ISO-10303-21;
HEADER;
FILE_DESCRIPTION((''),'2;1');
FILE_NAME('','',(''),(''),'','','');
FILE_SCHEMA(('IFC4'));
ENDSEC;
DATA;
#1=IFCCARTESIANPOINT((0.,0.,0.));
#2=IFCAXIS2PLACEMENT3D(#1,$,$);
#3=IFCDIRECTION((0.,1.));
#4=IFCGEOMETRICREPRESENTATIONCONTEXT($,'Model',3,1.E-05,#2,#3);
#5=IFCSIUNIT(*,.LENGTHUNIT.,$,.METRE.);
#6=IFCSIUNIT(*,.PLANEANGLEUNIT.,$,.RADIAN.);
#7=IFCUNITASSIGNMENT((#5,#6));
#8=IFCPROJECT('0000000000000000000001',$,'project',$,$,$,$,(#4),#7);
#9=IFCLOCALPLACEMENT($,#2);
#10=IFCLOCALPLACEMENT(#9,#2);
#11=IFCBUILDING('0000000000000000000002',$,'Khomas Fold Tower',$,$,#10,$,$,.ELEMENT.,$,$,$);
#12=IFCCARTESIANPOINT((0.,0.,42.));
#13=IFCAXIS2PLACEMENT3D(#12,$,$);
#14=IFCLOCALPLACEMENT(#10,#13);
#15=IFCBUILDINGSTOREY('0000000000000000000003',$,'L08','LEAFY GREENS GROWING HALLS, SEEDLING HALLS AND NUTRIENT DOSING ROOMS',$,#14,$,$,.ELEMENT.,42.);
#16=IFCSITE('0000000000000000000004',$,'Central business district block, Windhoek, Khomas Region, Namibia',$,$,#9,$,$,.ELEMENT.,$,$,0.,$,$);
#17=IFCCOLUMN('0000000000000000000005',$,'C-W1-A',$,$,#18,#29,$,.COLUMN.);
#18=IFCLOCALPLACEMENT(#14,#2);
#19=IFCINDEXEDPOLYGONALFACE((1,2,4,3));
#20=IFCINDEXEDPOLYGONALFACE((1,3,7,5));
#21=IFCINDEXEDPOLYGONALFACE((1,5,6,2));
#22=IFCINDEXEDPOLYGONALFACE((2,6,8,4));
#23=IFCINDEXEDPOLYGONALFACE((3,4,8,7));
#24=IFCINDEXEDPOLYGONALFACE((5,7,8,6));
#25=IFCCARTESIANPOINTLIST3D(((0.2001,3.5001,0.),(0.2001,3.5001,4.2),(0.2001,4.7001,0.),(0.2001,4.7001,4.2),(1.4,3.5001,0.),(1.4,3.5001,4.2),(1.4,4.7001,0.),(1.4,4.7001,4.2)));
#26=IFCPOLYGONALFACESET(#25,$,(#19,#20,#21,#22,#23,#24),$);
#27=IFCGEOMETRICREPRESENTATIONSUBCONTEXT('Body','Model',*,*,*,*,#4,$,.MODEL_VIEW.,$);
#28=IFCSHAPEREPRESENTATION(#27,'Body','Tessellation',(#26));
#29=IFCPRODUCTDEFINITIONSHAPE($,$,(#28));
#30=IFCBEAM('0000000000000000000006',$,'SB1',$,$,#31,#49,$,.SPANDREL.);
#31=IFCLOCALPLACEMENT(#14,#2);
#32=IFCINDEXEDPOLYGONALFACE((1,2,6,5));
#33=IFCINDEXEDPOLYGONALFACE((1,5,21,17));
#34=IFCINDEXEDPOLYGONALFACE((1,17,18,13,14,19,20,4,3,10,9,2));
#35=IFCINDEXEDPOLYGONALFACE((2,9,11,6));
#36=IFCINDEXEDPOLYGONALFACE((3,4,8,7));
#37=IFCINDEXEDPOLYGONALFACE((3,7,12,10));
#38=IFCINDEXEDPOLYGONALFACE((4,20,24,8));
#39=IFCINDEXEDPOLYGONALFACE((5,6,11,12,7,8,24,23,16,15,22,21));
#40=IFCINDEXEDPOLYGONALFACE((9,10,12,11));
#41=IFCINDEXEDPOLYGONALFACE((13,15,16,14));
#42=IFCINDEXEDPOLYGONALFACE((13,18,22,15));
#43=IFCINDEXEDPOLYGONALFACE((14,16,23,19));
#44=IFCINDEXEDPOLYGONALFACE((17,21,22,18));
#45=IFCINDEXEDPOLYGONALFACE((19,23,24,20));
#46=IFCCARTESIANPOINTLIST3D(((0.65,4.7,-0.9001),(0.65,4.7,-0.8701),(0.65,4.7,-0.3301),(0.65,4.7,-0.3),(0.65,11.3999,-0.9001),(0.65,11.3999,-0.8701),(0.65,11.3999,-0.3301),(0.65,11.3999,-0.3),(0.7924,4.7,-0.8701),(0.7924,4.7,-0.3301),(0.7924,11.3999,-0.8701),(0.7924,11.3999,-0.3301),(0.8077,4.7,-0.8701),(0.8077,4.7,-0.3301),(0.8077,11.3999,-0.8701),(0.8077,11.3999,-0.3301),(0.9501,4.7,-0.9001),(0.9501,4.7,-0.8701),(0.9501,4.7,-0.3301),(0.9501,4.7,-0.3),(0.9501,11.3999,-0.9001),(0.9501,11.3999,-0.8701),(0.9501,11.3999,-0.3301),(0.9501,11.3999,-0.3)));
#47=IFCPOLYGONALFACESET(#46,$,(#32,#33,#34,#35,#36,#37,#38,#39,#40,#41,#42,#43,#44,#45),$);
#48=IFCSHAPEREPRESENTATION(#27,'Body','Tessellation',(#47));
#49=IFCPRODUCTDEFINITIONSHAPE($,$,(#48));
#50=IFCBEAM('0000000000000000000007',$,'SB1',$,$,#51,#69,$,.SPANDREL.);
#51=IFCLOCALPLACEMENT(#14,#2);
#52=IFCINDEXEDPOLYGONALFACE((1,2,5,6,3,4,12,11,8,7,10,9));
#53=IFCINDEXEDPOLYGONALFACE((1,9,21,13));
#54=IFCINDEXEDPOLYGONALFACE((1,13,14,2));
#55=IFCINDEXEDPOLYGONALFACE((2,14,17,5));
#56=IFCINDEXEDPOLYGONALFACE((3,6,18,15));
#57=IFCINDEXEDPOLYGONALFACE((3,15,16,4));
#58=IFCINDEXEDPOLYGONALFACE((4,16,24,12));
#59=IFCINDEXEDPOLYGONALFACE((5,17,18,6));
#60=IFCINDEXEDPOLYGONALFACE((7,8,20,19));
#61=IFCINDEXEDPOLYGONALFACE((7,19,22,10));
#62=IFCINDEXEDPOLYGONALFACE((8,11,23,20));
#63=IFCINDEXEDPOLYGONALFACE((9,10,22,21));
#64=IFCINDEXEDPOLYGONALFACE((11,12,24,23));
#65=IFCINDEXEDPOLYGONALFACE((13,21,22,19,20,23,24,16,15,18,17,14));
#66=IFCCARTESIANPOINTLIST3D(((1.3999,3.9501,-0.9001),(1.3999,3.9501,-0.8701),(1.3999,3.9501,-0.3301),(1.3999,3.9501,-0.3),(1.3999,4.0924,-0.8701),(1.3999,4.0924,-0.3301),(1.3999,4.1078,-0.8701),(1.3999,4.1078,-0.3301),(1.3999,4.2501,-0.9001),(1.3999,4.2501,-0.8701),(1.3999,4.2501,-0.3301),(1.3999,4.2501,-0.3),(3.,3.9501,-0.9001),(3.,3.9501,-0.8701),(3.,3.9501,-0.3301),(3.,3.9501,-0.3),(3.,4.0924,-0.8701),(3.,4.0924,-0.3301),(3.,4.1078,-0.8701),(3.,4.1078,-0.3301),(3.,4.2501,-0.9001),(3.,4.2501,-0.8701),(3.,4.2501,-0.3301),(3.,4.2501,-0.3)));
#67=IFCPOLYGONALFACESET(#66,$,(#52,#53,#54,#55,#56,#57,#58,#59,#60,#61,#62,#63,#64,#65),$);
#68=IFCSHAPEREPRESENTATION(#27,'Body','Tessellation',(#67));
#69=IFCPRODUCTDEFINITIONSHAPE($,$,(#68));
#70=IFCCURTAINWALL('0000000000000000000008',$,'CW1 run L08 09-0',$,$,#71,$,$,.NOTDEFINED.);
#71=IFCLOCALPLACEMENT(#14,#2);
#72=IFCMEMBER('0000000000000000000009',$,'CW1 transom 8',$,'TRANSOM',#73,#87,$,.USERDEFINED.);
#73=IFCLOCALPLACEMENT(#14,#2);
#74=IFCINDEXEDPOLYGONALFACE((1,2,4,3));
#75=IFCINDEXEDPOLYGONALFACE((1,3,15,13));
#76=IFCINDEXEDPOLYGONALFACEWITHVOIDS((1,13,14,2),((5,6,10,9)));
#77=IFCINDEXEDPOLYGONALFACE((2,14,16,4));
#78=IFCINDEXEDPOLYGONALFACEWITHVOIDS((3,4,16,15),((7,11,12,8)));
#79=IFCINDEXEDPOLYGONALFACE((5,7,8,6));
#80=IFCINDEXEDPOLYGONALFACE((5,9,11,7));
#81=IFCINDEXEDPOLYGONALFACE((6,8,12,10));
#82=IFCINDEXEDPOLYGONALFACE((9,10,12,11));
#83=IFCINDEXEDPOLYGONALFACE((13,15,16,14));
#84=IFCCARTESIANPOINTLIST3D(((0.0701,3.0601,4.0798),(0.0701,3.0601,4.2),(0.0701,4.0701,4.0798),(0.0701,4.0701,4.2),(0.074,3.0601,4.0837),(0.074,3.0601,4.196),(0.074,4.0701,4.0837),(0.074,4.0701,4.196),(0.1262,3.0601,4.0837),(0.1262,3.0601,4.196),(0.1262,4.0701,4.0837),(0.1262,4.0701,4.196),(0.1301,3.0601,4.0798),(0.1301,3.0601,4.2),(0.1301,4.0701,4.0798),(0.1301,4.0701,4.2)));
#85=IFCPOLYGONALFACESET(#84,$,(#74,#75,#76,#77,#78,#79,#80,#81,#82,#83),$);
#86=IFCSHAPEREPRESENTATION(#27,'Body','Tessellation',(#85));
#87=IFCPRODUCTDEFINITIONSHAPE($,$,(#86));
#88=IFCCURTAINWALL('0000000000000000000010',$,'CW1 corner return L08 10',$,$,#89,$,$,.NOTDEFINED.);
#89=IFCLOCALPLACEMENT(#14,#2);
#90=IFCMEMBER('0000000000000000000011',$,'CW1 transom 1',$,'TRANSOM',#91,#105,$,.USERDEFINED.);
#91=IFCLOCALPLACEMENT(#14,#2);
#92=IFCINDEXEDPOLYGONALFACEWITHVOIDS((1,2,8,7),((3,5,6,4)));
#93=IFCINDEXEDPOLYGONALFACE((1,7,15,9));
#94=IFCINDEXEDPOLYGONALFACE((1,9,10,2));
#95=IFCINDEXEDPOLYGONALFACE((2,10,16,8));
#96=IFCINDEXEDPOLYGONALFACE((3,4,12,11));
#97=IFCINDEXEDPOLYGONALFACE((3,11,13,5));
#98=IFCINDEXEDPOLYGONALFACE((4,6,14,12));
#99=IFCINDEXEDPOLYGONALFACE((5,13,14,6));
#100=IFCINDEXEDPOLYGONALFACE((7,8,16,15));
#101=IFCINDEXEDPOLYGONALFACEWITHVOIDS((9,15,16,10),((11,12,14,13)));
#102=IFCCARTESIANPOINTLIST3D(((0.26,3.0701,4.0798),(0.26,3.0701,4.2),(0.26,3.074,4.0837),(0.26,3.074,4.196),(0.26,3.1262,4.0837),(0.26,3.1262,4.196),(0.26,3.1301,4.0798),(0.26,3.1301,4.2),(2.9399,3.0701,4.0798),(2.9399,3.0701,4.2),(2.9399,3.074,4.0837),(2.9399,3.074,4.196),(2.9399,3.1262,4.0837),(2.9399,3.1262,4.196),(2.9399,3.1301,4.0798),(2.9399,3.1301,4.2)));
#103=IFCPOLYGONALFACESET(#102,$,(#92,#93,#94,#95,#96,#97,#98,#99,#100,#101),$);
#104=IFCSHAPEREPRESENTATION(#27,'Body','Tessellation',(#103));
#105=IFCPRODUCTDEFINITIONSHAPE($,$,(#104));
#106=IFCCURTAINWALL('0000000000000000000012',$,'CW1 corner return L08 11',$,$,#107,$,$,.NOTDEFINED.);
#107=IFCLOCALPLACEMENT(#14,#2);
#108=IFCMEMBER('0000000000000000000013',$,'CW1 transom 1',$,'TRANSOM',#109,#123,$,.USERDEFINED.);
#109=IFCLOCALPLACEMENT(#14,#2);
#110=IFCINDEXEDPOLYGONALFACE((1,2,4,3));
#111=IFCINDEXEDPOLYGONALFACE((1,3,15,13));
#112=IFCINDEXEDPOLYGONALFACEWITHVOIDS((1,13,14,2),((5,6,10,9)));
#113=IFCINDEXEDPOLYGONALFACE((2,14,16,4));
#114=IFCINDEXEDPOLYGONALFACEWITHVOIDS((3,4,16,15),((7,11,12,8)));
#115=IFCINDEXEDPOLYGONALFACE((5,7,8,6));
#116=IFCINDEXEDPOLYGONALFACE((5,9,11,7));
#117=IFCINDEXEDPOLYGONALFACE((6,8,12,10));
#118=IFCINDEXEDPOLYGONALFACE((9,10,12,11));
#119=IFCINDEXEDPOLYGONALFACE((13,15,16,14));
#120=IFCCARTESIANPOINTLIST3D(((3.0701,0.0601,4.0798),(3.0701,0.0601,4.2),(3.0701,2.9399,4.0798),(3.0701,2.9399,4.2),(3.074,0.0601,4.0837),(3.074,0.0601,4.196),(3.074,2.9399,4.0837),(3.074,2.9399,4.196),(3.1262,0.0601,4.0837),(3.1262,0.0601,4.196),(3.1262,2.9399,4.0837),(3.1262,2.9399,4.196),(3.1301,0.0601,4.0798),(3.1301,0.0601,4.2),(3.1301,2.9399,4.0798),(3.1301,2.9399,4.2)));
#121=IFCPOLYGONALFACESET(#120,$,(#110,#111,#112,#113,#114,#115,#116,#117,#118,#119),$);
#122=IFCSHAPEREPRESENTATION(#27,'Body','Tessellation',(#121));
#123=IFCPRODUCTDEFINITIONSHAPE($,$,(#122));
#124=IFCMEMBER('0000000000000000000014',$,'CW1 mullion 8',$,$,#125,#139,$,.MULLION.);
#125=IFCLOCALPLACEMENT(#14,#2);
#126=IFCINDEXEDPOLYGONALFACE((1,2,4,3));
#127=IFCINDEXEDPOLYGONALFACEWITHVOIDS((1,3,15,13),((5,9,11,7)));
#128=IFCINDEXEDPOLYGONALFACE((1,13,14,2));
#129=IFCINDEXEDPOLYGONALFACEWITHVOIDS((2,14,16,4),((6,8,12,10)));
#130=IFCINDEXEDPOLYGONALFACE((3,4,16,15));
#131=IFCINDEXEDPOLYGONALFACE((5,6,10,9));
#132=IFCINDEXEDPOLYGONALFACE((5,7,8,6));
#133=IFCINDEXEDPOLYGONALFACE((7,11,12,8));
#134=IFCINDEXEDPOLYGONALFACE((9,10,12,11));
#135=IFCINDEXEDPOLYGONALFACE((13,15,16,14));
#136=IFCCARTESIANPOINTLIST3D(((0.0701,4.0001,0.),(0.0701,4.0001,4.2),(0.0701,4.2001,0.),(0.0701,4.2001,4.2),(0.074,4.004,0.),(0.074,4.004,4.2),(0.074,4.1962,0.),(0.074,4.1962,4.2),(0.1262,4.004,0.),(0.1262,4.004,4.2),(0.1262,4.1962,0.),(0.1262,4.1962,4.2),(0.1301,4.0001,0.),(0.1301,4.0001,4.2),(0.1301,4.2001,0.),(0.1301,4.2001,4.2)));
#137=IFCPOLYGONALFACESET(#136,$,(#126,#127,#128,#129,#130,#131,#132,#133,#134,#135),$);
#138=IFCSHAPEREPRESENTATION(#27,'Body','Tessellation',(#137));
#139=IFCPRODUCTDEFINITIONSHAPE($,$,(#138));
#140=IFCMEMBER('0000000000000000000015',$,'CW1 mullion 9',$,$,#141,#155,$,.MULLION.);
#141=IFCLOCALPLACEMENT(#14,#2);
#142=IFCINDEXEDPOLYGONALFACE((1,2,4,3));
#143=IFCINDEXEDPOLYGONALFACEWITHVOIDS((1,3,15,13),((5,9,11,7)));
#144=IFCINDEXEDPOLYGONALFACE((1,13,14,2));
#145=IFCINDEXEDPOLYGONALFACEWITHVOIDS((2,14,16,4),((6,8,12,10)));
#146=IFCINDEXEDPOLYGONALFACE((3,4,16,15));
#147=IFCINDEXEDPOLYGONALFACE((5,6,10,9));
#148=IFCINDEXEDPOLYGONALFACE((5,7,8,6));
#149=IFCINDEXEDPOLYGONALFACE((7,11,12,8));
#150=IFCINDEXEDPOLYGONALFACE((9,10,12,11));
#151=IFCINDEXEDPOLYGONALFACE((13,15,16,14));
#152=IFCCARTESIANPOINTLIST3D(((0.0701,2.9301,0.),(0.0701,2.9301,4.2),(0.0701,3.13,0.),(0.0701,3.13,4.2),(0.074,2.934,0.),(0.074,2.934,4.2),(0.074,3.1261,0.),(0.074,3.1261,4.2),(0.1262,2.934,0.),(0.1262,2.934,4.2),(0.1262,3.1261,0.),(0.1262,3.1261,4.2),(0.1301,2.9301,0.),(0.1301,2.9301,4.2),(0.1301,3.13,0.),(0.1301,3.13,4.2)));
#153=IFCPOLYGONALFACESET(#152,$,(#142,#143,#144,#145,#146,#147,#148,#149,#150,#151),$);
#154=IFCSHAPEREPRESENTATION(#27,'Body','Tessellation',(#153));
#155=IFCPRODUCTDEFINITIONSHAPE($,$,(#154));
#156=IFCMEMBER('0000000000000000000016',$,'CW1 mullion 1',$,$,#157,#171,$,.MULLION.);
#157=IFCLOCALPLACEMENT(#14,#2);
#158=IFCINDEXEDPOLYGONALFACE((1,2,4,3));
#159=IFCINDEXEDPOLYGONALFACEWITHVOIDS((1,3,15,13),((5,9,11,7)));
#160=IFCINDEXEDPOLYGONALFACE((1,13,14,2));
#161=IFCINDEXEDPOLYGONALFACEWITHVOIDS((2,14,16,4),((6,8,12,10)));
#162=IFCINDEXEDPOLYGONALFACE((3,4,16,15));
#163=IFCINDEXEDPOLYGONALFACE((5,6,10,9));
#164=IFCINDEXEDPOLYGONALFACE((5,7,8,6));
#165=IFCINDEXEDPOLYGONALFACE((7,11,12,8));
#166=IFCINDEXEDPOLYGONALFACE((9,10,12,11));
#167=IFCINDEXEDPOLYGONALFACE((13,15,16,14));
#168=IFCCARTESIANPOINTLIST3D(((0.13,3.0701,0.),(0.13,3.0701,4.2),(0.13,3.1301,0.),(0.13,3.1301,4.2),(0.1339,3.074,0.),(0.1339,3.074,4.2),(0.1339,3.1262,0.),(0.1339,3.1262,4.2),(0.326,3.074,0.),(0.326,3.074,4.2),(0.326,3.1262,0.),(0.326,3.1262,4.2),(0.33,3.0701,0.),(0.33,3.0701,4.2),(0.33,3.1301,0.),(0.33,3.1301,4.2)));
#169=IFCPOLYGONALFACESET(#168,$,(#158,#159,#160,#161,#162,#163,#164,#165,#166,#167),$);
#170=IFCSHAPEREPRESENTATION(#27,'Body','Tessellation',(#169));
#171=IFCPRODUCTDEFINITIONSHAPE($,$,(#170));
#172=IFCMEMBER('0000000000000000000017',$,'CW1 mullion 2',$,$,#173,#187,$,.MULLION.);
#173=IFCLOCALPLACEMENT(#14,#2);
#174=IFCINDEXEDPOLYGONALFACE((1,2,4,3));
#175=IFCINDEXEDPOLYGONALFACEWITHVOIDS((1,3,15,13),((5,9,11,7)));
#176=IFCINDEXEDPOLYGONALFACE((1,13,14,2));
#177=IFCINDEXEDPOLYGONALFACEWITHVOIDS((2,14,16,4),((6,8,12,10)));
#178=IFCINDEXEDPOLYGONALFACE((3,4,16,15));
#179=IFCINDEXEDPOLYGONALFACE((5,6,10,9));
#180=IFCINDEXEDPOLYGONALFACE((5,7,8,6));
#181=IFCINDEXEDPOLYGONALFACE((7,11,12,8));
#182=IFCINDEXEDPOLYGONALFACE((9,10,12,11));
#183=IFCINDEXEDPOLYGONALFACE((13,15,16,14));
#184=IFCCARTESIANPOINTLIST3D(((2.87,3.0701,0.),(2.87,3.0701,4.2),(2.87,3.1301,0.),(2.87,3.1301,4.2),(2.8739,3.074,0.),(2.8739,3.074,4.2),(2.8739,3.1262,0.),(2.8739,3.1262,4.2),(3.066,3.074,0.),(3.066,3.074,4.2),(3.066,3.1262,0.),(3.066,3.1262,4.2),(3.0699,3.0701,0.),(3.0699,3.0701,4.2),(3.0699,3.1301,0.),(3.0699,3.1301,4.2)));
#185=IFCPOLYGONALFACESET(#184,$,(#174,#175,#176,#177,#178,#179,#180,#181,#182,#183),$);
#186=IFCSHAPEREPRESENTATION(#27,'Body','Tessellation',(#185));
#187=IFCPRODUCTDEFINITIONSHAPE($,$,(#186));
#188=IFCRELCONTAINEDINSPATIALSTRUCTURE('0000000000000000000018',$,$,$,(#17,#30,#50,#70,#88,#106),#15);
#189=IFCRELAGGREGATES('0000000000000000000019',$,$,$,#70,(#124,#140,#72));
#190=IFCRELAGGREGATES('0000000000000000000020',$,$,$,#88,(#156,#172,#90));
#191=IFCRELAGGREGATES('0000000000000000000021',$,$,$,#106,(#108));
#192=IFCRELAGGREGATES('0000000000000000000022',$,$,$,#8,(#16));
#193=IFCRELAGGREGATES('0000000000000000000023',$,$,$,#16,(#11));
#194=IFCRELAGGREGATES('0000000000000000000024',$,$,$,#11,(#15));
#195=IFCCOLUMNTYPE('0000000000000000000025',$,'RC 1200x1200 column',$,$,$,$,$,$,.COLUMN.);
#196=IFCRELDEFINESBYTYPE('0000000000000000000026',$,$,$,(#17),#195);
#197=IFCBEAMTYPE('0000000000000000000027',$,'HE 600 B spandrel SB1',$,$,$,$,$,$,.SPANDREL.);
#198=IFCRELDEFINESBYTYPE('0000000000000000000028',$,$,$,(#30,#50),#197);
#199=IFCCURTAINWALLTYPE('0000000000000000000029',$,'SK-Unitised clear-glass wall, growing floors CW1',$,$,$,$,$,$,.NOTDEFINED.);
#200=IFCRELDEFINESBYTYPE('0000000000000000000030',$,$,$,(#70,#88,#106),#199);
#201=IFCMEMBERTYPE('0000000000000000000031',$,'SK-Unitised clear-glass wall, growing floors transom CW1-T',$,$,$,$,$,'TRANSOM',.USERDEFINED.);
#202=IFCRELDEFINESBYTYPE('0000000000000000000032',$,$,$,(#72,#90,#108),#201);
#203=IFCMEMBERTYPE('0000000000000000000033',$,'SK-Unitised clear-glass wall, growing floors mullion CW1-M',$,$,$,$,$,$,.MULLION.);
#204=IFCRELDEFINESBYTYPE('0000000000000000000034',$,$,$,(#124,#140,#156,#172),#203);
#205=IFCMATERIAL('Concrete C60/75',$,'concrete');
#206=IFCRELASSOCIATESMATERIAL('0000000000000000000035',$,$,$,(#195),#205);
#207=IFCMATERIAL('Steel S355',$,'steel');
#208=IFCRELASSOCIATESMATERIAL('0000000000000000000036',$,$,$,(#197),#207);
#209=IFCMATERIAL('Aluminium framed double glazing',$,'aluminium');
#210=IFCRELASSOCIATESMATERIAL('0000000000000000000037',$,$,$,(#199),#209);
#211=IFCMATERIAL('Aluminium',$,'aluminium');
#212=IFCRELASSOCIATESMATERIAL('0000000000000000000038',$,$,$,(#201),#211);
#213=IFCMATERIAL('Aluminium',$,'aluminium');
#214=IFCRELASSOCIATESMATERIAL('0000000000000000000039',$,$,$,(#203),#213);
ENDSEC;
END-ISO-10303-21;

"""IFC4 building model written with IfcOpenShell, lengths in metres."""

from ifc_helpers import new_model, si_unit, direction, frame, origin, origin_2d, place, context, subcontext, project, spatial, rectangle, hollow_rectangle, i_section, extrude, source, transform, mapped, material, material_profile, profile_set, type_object, element, aggregate, save


model = new_model("IFC4")

# Units and contexts
model_context = context("Model", 3, precision=1e-05, world=origin(), true_north=direction((0.0, 1.0)))
body_context = subcontext(model_context, "Body", "Model", "MODEL_VIEW")
ifc_project = project(units=[si_unit("LENGTHUNIT", "METRE"), si_unit("PLANEANGLEUNIT", "RADIAN")], contexts=[model_context])

# Site, building, storey
site_placement = place(None, origin())
site = spatial("IfcSite", under=ifc_project, at=site_placement, Name="Central business district block, Windhoek, Khomas Region, Namibia", CompositionType="ELEMENT", RefElevation=0.0)
building_placement = place(site_placement, origin())
building = spatial("IfcBuilding", under=site, at=building_placement, Name="Khomas Fold Tower", CompositionType="ELEMENT")
storey_placement = place(building_placement, frame((0.0, 0.0, 42.0)))
storey = spatial("IfcBuildingStorey", under=building, at=storey_placement, Name="L08", Description="LEAFY GREENS GROWING HALLS, SEEDLING HALLS AND NUTRIENT DOSING ROOMS", CompositionType="ELEMENT", Elevation=42.0)

# Column
ifc_material_1 = material(Name="Concrete C60/75", Category="concrete")
ifc_material_profile_1 = material_profile(ifc_material_1, rectangle(XDim=1.2, YDim=1.2, at=origin_2d()), Name="RC 1200x1200")
ifc_profile_set_1 = profile_set([ifc_material_profile_1], Name="Concrete C60/75")
column_type = type_object("IfcColumnType", Name="RC 1200x1200 column", PredefinedType="COLUMN", material=ifc_profile_set_1)
shared_shape_1 = source(origin(), body_context, "Body", "SweptSolid", [
    extrude(rectangle(XDim=1.2, YDim=1.2, at=origin_2d()), origin(), (0.0, 0.0, 1.0), 4.2),
])
column_placement = place(storey_placement, frame((0.8, 4.1001, 0.0), z_axis=(0.0, 0.0, 1.0), x_axis=(1.0, 0.0, 0.0)))
element("IfcColumn", 1, at=column_placement, inside=storey, type_object=column_type, Name="C-W1-A", PredefinedType="COLUMN", context=body_context, shape_type="MappedRepresentation", body=[
    mapped(shared_shape_1, transform((0.0, 0.0, 0.0))),
])

# Beams
ifc_material_2 = material(Name="Steel S355", Category="steel")
ifc_material_profile_2 = material_profile(ifc_material_2, i_section(OverallWidth=0.3, OverallDepth=0.6001, WebThickness=0.0154, FlangeThickness=0.03, at=origin_2d()), Name="HE 600 B")
ifc_profile_set_2 = profile_set([ifc_material_profile_2], Name="Steel S355")
beam_type = type_object("IfcBeamType", Name="HE 600 B spandrel SB1", PredefinedType="SPANDREL", material=ifc_profile_set_2)
shared_shape_2 = source(origin(), body_context, "Body", "SweptSolid", [
    extrude(i_section(OverallWidth=0.3, OverallDepth=0.6001, WebThickness=0.0154, FlangeThickness=0.03, at=origin_2d()), origin(), (0.0, 0.0, 1.0), 6.7),
])
beam_1_placement = place(storey_placement, frame((0.8, 4.7, -0.6001), z_axis=(0.0, 1.0, 0.0), x_axis=(-1.0, 0.0, 0.0)))
element("IfcBeam", 2, at=beam_1_placement, inside=storey, type_object=beam_type, Name="SB1", PredefinedType="SPANDREL", context=body_context, shape_type="MappedRepresentation", body=[
    mapped(shared_shape_2, transform((0.0, 0.0, 0.0))),
])
shared_shape_3 = source(origin(), body_context, "Body", "SweptSolid", [
    extrude(i_section(OverallWidth=0.3, OverallDepth=0.6001, WebThickness=0.0154, FlangeThickness=0.03, at=origin_2d()), origin(), (0.0, 0.0, 1.0), 1.6001),
])
beam_2_placement = place(storey_placement, frame((1.3999, 4.1001, -0.6001), z_axis=(1.0, 0.0, 0.0), x_axis=(0.0, 1.0, 0.0)))
element("IfcBeam", 3, at=beam_2_placement, inside=storey, type_object=beam_type, Name="SB1", PredefinedType="SPANDREL", context=body_context, shape_type="MappedRepresentation", body=[
    mapped(shared_shape_3, transform((0.0, 0.0, 0.0))),
])

# Curtain walls, members
ifc_material_3 = material(Name="Aluminium framed double glazing", Category="aluminium")
curtain_wall_type = type_object("IfcCurtainWallType", Name="SK-Unitised clear-glass wall, growing floors CW1", PredefinedType="NOTDEFINED", material=ifc_material_3)
curtain_wall_1_placement = place(storey_placement, origin())
curtain_wall_1 = element("IfcCurtainWall", 4, at=curtain_wall_1_placement, inside=storey, type_object=curtain_wall_type, Name="CW1 run L08 09-0", PredefinedType="NOTDEFINED")
ifc_material_4 = material(Name="Aluminium", Category="aluminium")
ifc_material_profile_3 = material_profile(ifc_material_4, hollow_rectangle(XDim=0.0601, YDim=0.1201, WallThickness=0.0039, at=origin_2d()), Name="SK-Unitised clear-glass wall, growing floors transom CW1-T")
ifc_profile_set_3 = profile_set([ifc_material_profile_3], Name="Aluminium")
member_type_1 = type_object("IfcMemberType", Name="SK-Unitised clear-glass wall, growing floors transom CW1-T", ElementType="TRANSOM", PredefinedType="USERDEFINED", material=ifc_profile_set_3)
shared_shape_4 = source(origin(), body_context, "Body", "SweptSolid", [
    extrude(hollow_rectangle(XDim=0.0601, YDim=0.1201, WallThickness=0.0039, at=origin_2d()), origin(), (0.0, 0.0, 1.0), 1.01),
])
member_1_placement = place(storey_placement, frame((0.1001, 4.0701, 4.1399), z_axis=(0.0, -1.0, 0.0), x_axis=(1.0, 0.0, 0.0)))
member_1 = element("IfcMember", 5, at=member_1_placement, type_object=member_type_1, Name="CW1 transom 8", ObjectType="TRANSOM", PredefinedType="USERDEFINED", context=body_context, shape_type="MappedRepresentation", body=[
    mapped(shared_shape_4, transform((0.0, 0.0, 0.0))),
])
curtain_wall_2_placement = place(storey_placement, origin())
curtain_wall_2 = element("IfcCurtainWall", 6, at=curtain_wall_2_placement, inside=storey, type_object=curtain_wall_type, Name="CW1 corner return L08 10", PredefinedType="NOTDEFINED")
shared_shape_5 = source(origin(), body_context, "Body", "SweptSolid", [
    extrude(hollow_rectangle(XDim=0.0601, YDim=0.1201, WallThickness=0.0039, at=origin_2d()), origin(), (0.0, 0.0, 1.0), 2.6799),
])
member_2_placement = place(storey_placement, frame((0.26, 3.1001, 4.1399), z_axis=(1.0, 0.0, 0.0), x_axis=(0.0, 1.0, 0.0)))
member_2 = element("IfcMember", 7, at=member_2_placement, type_object=member_type_1, Name="CW1 transom 1", ObjectType="TRANSOM", PredefinedType="USERDEFINED", context=body_context, shape_type="MappedRepresentation", body=[
    mapped(shared_shape_5, transform((0.0, 0.0, 0.0))),
])
curtain_wall_3_placement = place(storey_placement, origin())
curtain_wall_3 = element("IfcCurtainWall", 8, at=curtain_wall_3_placement, inside=storey, type_object=curtain_wall_type, Name="CW1 corner return L08 11", PredefinedType="NOTDEFINED")
shared_shape_6 = source(origin(), body_context, "Body", "SweptSolid", [
    extrude(hollow_rectangle(XDim=0.0601, YDim=0.1201, WallThickness=0.0039, at=origin_2d()), origin(), (0.0, 0.0, 1.0), 2.8799),
])
member_3_placement = place(storey_placement, frame((3.1001, 2.9399, 4.1399), z_axis=(0.0, -1.0, 0.0), x_axis=(1.0, 0.0, 0.0)))
member_3 = element("IfcMember", 9, at=member_3_placement, type_object=member_type_1, Name="CW1 transom 1", ObjectType="TRANSOM", PredefinedType="USERDEFINED", context=body_context, shape_type="MappedRepresentation", body=[
    mapped(shared_shape_6, transform((0.0, 0.0, 0.0))),
])

# Members
ifc_material_5 = material(Name="Aluminium", Category="aluminium")
ifc_material_profile_4 = material_profile(ifc_material_5, hollow_rectangle(XDim=0.0601, YDim=0.2, WallThickness=0.0039, at=origin_2d()), Name="SK-Unitised clear-glass wall, growing floors mullion CW1-M")
ifc_profile_set_4 = profile_set([ifc_material_profile_4], Name="Aluminium")
member_type_2 = type_object("IfcMemberType", Name="SK-Unitised clear-glass wall, growing floors mullion CW1-M", PredefinedType="MULLION", material=ifc_profile_set_4)
shared_shape_7 = source(origin(), body_context, "Body", "SweptSolid", [
    extrude(hollow_rectangle(XDim=0.0601, YDim=0.2, WallThickness=0.0039, at=origin_2d()), origin(), (0.0, 0.0, 1.0), 4.2),
])
member_4_placement = place(storey_placement, frame((0.1001, 4.1001, 0.0), z_axis=(0.0, 0.0, 1.0), x_axis=(1.0, 0.0, 0.0)))
member_4 = element("IfcMember", 10, at=member_4_placement, type_object=member_type_2, Name="CW1 mullion 8", PredefinedType="MULLION", context=body_context, shape_type="MappedRepresentation", body=[
    mapped(shared_shape_7, transform((0.0, 0.0, 0.0))),
])
member_5_placement = place(storey_placement, frame((0.1001, 3.03, 0.0), z_axis=(0.0, 0.0, 1.0), x_axis=(1.0, 0.0, 0.0)))
member_5 = element("IfcMember", 11, at=member_5_placement, type_object=member_type_2, Name="CW1 mullion 9", PredefinedType="MULLION", context=body_context, shape_type="MappedRepresentation", body=[
    mapped(shared_shape_7, transform((0.0, 0.0, 0.0))),
])
member_6_placement = place(storey_placement, frame((0.23, 3.1001, 0.0), z_axis=(0.0, 0.0, 1.0), x_axis=(0.0, 1.0, 0.0)))
member_6 = element("IfcMember", 12, at=member_6_placement, type_object=member_type_2, Name="CW1 mullion 1", PredefinedType="MULLION", context=body_context, shape_type="MappedRepresentation", body=[
    mapped(shared_shape_7, transform((0.0, 0.0, 0.0))),
])
member_7_placement = place(storey_placement, frame((2.97, 3.1001, 0.0), z_axis=(0.0, 0.0, 1.0), x_axis=(0.0, 1.0, 0.0)))
member_7 = element("IfcMember", 13, at=member_7_placement, type_object=member_type_2, Name="CW1 mullion 2", PredefinedType="MULLION", context=body_context, shape_type="MappedRepresentation", body=[
    mapped(shared_shape_7, transform((0.0, 0.0, 0.0))),
])

aggregate(curtain_wall_1, [member_4, member_5, member_1])
aggregate(curtain_wall_2, [member_6, member_7, member_2])
aggregate(curtain_wall_3, [member_3])

save(model, "model.ifc")
